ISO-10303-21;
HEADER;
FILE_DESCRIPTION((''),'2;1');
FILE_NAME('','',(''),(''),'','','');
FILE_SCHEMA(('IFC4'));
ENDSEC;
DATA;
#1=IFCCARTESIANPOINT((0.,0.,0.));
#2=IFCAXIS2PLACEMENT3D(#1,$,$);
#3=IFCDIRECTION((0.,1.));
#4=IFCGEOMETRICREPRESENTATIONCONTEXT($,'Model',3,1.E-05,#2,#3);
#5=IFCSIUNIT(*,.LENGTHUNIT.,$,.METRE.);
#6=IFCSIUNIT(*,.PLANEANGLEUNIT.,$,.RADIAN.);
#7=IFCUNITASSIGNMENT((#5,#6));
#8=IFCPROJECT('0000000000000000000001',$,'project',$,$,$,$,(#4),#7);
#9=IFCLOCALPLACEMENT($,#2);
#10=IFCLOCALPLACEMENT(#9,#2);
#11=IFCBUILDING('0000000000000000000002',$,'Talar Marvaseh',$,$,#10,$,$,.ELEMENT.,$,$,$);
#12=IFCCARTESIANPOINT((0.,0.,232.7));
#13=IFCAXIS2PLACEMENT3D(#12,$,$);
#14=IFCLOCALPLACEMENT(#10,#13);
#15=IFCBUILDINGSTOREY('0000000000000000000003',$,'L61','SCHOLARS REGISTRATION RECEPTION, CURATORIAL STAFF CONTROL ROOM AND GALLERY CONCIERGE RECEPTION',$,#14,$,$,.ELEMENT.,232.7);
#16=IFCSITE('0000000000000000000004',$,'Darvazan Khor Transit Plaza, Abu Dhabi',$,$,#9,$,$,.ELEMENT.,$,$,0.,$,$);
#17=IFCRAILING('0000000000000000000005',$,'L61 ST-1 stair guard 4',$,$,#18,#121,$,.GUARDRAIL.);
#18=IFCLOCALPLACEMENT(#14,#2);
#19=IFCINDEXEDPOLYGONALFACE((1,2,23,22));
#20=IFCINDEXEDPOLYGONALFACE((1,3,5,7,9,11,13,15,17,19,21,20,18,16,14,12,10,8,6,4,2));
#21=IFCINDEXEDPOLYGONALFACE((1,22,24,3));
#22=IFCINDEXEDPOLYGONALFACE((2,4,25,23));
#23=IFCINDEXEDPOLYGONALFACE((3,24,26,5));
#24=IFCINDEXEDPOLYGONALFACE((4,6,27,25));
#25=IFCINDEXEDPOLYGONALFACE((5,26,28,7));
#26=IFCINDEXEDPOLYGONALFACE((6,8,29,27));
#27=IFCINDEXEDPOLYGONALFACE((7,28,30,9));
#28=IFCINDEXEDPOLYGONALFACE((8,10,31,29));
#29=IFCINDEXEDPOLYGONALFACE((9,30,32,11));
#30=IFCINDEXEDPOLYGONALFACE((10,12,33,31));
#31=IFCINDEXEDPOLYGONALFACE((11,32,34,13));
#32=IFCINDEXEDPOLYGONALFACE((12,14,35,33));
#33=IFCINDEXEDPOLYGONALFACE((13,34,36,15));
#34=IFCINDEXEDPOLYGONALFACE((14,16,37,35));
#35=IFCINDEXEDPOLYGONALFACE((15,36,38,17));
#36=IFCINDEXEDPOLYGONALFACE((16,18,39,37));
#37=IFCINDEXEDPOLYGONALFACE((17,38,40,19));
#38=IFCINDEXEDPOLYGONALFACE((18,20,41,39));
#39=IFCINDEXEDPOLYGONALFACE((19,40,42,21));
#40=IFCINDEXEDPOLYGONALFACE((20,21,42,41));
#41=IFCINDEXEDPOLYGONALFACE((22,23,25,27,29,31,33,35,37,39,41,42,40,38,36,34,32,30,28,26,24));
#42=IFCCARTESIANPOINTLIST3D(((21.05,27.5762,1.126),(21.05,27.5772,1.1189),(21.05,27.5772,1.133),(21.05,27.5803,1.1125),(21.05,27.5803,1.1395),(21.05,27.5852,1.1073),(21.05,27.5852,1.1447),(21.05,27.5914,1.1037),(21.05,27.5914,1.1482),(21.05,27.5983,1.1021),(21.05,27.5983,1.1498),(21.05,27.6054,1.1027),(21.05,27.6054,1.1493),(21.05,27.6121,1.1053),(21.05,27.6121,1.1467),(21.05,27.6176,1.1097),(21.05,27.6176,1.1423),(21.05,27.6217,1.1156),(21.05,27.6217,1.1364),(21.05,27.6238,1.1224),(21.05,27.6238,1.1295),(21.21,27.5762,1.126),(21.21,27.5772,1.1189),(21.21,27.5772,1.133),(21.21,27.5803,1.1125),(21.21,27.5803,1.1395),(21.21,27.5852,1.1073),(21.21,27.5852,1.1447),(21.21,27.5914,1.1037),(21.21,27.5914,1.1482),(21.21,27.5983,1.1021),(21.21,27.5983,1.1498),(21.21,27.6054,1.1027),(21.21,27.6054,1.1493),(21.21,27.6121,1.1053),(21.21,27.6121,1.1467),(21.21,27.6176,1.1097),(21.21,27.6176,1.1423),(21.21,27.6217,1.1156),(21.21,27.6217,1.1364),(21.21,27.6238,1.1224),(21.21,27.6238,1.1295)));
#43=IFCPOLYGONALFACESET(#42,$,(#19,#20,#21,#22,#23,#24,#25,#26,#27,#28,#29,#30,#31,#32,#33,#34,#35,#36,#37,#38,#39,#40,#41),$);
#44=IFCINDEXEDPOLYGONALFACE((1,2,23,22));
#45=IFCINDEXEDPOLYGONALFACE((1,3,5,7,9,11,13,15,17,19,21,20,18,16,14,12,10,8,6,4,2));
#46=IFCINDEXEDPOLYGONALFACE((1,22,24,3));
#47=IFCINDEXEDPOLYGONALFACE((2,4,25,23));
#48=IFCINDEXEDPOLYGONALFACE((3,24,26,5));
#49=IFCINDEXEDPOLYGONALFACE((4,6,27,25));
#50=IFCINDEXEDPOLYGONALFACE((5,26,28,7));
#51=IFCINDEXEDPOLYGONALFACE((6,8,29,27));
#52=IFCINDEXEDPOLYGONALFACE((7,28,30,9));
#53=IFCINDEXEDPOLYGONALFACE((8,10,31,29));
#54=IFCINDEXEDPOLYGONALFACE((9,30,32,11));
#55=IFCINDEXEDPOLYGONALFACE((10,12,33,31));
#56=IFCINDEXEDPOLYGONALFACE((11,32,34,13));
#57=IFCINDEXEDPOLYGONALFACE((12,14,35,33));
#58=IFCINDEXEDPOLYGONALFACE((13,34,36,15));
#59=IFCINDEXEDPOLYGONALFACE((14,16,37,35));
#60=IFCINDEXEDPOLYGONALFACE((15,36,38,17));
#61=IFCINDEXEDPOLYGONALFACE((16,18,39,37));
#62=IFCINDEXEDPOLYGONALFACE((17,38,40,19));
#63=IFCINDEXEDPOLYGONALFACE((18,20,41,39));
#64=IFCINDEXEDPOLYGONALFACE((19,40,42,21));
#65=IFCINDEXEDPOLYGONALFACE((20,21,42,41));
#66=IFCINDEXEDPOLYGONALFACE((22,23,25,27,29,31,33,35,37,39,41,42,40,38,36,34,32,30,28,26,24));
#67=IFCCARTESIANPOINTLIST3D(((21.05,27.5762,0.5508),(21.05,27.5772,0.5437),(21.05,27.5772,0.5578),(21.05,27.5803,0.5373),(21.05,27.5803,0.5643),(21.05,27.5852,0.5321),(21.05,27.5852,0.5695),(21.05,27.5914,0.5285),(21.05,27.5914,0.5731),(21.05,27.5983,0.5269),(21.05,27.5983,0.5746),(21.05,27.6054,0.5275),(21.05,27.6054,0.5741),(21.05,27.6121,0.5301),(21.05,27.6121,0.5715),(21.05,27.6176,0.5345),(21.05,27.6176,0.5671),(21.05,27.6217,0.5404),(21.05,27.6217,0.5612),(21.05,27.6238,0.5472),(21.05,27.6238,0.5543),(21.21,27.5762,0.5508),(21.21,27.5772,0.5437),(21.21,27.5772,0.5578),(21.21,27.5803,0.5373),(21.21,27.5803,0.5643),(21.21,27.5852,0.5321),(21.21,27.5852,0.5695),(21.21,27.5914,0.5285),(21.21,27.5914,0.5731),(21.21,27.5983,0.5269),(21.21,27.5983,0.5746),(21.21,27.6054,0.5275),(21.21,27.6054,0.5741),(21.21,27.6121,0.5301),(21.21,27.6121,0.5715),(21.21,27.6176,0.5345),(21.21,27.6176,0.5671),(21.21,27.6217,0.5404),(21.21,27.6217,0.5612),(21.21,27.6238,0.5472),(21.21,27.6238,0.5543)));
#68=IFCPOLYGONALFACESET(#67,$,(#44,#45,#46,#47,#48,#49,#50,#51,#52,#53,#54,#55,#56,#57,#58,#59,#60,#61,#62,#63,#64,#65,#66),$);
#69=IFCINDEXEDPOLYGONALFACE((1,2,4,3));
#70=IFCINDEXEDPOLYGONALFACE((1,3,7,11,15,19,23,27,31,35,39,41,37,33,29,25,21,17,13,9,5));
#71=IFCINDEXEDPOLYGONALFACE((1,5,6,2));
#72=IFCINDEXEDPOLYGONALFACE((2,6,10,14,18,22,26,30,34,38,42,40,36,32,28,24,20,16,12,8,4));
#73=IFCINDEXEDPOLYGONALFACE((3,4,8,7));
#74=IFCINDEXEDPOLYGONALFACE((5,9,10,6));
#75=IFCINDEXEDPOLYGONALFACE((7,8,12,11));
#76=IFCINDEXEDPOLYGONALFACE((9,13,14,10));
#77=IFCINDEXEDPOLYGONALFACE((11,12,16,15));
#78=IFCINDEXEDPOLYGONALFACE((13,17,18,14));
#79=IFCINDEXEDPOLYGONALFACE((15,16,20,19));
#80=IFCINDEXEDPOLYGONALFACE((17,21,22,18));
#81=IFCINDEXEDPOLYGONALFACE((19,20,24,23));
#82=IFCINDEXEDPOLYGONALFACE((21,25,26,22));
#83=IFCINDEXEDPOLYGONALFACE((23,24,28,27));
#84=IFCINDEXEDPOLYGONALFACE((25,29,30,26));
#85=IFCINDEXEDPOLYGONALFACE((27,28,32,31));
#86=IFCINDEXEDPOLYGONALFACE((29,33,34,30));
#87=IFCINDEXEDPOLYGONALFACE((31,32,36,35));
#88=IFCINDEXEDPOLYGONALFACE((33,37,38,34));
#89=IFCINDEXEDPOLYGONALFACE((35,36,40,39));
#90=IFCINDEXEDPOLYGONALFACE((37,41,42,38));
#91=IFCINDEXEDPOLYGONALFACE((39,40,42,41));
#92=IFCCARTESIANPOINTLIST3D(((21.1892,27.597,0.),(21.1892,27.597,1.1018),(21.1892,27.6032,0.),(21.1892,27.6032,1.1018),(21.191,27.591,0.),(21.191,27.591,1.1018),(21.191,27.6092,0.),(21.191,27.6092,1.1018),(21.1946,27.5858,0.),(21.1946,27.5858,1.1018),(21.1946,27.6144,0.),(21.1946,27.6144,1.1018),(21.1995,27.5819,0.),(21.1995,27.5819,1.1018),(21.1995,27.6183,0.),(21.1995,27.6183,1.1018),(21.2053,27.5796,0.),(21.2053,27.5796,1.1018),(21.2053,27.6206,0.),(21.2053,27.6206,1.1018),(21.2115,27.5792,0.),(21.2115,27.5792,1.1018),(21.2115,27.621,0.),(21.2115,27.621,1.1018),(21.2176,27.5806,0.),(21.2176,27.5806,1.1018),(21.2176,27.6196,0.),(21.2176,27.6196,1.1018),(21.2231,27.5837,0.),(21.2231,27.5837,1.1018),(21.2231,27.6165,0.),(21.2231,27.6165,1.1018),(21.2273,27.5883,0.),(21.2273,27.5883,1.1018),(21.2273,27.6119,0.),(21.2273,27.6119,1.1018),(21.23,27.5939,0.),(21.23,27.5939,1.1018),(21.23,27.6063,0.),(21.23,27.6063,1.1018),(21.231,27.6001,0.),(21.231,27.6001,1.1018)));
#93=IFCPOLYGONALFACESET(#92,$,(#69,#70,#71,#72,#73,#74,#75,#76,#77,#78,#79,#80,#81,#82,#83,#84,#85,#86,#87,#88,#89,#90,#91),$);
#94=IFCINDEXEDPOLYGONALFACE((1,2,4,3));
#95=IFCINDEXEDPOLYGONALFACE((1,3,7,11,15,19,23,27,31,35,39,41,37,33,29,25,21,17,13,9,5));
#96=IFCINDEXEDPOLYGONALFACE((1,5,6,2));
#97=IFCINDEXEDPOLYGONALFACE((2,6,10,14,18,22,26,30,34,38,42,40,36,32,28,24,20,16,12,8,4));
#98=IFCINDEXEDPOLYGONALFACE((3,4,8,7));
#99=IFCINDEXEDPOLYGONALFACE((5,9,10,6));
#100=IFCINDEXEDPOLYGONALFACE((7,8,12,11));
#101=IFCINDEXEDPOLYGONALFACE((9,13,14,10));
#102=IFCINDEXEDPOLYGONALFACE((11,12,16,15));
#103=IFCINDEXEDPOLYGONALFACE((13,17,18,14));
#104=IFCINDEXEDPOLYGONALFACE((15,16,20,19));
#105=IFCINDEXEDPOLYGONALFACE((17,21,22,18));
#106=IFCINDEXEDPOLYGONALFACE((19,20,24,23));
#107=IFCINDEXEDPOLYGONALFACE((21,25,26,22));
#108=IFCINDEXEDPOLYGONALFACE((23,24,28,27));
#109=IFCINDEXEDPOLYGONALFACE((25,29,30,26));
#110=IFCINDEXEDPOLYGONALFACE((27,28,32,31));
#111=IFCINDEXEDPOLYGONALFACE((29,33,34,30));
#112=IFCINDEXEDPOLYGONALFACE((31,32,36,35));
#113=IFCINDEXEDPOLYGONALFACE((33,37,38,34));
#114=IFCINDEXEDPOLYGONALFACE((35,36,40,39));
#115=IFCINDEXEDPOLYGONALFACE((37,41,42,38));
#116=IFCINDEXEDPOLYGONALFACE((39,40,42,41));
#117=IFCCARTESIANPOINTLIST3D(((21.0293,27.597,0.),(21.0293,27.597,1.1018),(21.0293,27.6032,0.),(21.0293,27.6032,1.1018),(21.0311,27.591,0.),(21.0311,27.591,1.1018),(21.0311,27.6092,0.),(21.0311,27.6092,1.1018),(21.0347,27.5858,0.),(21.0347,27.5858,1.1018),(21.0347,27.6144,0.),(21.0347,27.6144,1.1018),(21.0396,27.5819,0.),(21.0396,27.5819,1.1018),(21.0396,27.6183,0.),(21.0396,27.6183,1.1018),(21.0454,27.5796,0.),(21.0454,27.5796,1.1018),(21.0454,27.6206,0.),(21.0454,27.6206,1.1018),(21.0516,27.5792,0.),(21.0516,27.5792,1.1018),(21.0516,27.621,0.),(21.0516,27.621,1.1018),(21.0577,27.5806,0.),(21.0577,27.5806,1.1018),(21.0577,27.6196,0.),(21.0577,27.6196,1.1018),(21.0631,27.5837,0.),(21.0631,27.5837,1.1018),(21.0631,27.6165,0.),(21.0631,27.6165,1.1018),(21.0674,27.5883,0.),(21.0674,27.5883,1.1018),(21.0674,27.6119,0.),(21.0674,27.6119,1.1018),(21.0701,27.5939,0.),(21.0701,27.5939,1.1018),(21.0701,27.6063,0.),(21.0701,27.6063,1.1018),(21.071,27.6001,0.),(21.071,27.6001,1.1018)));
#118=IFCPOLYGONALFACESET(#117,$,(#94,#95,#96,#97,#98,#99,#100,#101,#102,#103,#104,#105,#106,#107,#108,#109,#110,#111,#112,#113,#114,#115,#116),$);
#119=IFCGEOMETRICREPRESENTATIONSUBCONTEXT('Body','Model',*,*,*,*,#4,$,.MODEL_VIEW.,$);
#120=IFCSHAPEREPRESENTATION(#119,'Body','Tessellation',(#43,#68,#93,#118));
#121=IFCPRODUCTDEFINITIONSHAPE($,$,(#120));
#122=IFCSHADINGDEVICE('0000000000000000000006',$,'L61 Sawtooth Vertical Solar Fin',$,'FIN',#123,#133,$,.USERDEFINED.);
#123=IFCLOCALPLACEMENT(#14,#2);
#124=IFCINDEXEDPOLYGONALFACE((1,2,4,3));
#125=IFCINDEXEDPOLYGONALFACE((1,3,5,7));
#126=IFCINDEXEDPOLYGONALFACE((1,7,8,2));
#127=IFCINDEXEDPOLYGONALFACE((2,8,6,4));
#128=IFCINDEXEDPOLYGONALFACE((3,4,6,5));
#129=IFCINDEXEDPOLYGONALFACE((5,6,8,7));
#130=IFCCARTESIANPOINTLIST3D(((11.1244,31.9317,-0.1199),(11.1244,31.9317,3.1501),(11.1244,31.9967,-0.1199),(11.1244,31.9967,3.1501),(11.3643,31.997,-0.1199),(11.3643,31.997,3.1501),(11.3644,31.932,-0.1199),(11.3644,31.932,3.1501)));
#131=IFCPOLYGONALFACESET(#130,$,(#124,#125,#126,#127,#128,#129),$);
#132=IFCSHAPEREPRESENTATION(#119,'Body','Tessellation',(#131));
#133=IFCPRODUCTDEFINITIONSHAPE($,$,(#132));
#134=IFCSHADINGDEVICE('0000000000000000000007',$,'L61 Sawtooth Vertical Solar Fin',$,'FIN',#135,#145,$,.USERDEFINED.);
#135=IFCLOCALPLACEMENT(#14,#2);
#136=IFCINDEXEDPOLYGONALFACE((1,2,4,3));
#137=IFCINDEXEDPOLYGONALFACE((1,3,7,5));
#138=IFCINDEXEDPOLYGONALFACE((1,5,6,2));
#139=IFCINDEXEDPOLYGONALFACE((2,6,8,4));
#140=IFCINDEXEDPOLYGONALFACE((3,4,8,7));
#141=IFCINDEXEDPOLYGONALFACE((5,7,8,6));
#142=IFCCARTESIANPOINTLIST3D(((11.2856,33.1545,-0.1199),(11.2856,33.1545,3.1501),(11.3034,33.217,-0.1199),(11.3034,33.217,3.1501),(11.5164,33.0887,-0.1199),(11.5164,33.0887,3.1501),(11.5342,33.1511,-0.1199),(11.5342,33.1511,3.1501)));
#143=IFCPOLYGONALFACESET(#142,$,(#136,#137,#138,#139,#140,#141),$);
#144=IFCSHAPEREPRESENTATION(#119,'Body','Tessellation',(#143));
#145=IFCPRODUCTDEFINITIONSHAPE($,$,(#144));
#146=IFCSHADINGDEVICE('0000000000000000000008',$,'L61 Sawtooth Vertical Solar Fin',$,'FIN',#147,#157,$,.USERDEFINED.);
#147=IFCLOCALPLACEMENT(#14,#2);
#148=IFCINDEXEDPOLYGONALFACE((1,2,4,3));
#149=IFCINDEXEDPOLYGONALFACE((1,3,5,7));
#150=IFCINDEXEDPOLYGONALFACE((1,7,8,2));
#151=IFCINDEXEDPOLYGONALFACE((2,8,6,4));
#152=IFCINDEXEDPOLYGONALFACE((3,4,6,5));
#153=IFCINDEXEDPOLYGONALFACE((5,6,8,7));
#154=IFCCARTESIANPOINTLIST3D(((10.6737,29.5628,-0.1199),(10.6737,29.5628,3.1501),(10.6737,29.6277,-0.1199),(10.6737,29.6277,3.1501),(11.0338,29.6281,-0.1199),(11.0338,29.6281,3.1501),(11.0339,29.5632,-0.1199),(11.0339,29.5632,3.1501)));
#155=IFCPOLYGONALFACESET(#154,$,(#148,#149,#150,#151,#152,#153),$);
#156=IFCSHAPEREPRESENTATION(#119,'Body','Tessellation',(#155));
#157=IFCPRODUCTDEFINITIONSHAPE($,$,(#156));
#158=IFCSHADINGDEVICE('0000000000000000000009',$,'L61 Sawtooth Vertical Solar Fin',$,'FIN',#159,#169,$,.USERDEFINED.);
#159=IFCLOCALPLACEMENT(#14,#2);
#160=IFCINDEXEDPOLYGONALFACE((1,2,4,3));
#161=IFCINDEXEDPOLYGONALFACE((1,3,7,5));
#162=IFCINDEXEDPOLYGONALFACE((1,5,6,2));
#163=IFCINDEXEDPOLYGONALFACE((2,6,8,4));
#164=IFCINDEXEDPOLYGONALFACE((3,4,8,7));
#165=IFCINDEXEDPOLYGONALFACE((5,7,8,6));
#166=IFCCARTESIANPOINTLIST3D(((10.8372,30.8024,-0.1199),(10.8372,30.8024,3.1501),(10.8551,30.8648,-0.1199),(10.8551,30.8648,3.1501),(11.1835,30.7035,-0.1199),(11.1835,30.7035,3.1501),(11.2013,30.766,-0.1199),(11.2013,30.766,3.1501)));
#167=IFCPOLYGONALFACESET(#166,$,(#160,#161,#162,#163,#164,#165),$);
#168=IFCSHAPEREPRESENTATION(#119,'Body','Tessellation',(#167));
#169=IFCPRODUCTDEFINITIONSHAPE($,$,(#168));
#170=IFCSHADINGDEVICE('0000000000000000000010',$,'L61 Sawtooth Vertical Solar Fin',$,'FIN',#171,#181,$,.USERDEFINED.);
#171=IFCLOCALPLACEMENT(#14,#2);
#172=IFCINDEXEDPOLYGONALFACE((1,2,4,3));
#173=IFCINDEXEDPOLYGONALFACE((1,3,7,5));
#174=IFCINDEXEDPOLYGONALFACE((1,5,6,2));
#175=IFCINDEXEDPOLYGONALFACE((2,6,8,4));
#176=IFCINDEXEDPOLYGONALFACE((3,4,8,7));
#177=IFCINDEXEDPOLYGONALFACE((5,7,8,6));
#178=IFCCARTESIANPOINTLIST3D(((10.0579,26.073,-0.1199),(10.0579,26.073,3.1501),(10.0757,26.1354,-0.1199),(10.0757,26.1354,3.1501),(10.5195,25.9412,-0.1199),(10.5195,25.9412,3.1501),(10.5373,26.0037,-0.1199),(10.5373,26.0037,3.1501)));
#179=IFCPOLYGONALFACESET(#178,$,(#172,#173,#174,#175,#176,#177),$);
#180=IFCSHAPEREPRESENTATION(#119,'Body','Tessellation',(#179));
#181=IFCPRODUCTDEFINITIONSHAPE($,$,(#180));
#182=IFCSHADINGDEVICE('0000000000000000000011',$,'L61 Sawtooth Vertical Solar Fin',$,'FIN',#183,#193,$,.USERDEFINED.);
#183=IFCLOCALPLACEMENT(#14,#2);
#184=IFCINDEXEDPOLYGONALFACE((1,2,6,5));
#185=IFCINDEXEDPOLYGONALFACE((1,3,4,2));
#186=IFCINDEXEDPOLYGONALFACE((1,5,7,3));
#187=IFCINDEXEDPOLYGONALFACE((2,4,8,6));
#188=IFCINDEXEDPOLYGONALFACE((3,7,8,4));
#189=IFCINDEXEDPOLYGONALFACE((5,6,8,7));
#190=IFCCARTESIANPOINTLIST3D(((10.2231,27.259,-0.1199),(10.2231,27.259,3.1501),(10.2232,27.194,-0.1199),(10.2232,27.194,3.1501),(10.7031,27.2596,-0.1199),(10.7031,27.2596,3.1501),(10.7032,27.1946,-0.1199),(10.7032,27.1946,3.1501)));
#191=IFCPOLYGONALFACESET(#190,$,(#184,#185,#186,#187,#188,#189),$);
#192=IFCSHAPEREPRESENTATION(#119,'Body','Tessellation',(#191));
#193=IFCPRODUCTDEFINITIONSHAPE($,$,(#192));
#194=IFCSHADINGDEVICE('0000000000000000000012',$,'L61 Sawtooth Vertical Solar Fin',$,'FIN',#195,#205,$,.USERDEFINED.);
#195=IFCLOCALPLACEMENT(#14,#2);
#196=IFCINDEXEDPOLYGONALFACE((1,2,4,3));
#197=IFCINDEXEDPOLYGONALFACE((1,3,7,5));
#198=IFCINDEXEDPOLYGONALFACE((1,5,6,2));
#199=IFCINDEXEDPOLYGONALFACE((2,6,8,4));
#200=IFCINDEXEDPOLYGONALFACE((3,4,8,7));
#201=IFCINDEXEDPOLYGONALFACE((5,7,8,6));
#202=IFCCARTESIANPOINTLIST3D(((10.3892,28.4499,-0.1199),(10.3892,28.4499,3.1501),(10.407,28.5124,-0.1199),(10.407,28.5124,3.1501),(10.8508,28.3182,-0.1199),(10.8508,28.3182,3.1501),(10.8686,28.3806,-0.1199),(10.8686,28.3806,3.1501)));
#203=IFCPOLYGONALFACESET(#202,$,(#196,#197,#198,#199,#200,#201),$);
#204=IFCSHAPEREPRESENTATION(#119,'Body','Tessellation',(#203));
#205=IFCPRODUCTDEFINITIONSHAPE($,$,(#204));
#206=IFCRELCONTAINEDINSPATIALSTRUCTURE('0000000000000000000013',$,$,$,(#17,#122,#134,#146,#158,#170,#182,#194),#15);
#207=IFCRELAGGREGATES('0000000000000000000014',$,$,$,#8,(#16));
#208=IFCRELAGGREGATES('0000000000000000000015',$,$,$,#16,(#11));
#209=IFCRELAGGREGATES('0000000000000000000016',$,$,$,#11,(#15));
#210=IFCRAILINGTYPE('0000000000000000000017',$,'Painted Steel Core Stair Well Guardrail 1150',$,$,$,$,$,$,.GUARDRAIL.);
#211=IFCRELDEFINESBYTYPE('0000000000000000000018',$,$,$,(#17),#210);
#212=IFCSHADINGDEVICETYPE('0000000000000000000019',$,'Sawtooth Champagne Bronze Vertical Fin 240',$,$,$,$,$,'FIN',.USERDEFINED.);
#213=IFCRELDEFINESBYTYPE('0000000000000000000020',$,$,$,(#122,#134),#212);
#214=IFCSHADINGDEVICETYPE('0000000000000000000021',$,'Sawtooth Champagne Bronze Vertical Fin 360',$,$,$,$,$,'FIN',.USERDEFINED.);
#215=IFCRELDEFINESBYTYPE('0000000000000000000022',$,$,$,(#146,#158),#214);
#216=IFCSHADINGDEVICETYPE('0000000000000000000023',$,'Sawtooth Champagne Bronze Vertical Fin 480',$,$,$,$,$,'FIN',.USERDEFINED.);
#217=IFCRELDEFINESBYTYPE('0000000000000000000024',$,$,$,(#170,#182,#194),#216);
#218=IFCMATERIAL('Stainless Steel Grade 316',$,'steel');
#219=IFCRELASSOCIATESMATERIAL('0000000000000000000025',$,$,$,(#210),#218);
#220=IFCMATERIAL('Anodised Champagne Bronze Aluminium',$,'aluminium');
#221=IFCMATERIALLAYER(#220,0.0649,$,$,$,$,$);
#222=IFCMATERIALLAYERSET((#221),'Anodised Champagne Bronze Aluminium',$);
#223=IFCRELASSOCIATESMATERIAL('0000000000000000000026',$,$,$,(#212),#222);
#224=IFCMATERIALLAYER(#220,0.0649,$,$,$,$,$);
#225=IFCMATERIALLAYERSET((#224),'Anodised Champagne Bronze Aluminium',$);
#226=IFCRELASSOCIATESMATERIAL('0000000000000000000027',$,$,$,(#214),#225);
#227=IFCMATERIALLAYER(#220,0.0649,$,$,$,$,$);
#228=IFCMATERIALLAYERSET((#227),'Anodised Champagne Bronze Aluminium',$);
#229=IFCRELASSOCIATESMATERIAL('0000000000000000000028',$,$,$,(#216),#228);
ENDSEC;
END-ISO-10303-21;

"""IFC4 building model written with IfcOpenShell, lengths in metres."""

from ifc_helpers import new_model, si_unit, direction, frame, origin, origin_2d, place, context, subcontext, project, spatial, rectangle, circle, extrude, source, transform, mapped, material, layer, layer_set, type_object, type_shapes, element, save


model = new_model("IFC4")

# Units and contexts
model_context = context("Model", 3, precision=1e-05, world=origin(), true_north=direction((0.0, 1.0)))
body_context = subcontext(model_context, "Body", "Model", "MODEL_VIEW")
ifc_project = project(units=[si_unit("LENGTHUNIT", "METRE"), si_unit("PLANEANGLEUNIT", "RADIAN")], contexts=[model_context])

# Site, building, storey
site_placement = place(None, origin())
site = spatial("IfcSite", under=ifc_project, at=site_placement, Name="Darvazan Khor Transit Plaza, Abu Dhabi", CompositionType="ELEMENT", RefElevation=0.0)
building_placement = place(site_placement, origin())
building = spatial("IfcBuilding", under=site, at=building_placement, Name="Talar Marvaseh", CompositionType="ELEMENT")
storey_placement = place(building_placement, frame((0.0, 0.0, 232.7)))
storey = spatial("IfcBuildingStorey", under=building, at=storey_placement, Name="L61", Description="SCHOLARS REGISTRATION RECEPTION, CURATORIAL STAFF CONTROL ROOM AND GALLERY CONCIERGE RECEPTION", CompositionType="ELEMENT", Elevation=232.7)

# Railing
ifc_material_1 = material(Name="Stainless Steel Grade 316", Category="steel")
railing_type_1 = type_object("IfcRailingType", Name="Painted Steel Core Stair Well Guardrail 1150", PredefinedType="GUARDRAIL", material=ifc_material_1)
railing_1_placement = place(storey_placement, frame((21.21, 27.6001, 0.0)))
element("IfcRailing", 1, at=railing_1_placement, inside=storey, type_object=railing_type_1, Name="L61 ST-1 stair guard 4", PredefinedType="GUARDRAIL", context=body_context, shape_type="SweptSolid", body=[
    extrude(circle(Radius=0.0239, at=origin_2d()), frame((0.0, 0.0, 1.126), z_axis=(-1.0, 0.0, 0.0), x_axis=(0.0, -1.0, 0.0)), (0.0, 0.0, 1.0), 0.1599),
    extrude(circle(Radius=0.0239, at=origin_2d()), frame((0.0, 0.0, 0.5508), z_axis=(-1.0, 0.0, 0.0), x_axis=(0.0, -1.0, 0.0)), (0.0, 0.0, 1.0), 0.1599),
    extrude(circle(Radius=0.021, at=origin_2d()), origin(), (0.0, 0.0, 1.0), 1.1018),
    extrude(circle(Radius=0.021, at=origin_2d()), frame((-0.1599, 0.0, 0.0)), (0.0, 0.0, 1.0), 1.1018),
])

# Shading devices
ifc_material_2 = material(Name="Anodised Champagne Bronze Aluminium", Category="aluminium")
ifc_layer_1 = layer(ifc_material_2, 0.0649)
ifc_layer_set_1 = layer_set([ifc_layer_1], Name="Anodised Champagne Bronze Aluminium")
shading_device_type_1 = type_object("IfcShadingDeviceType", Name="Sawtooth Champagne Bronze Vertical Fin 240", ElementType="FIN", PredefinedType="USERDEFINED", material=ifc_layer_set_1)
shared_shape_1 = source(origin(), body_context, "Body", "SweptSolid", [
    extrude(rectangle(XDim=0.24, YDim=0.0649, at=origin_2d()), origin(), (0.0, 0.0, 1.0), 3.27),
])
type_shapes(shading_device_type_1, [shared_shape_1])
for number, where, z_axis, x_axis, name in (
    (2, (11.2444, 31.9644, -0.1199), (0.0, 0.0, 1.0), (-0.999999, -0.001222, 0.0), "L61 Sawtooth Vertical Solar Fin"),
    (3, (11.4099, 33.1528, -0.1199), (0.0, 0.0, 1.0), (-0.961598, 0.274463, 0.0), "L61 Sawtooth Vertical Solar Fin"),
):
    element("IfcShadingDevice", number, at=place(storey_placement, frame(where, z_axis=z_axis, x_axis=x_axis)), inside=storey, type_object=shading_device_type_1, Name=name, ObjectType="FIN", PredefinedType="USERDEFINED", context=body_context, shape_type="MappedRepresentation", body=[
        mapped(shared_shape_1, transform((0.0, 0.0, 0.0), x_axis=(1.0, 0.0, 0.0), y_axis=(0.0, 1.0, 0.0), z_axis=(0.0, 0.0, 1.0), scale=1.0)),
    ])
ifc_layer_2 = layer(ifc_material_2, 0.0649)
ifc_layer_set_2 = layer_set([ifc_layer_2], Name="Anodised Champagne Bronze Aluminium")
shading_device_type_2 = type_object("IfcShadingDeviceType", Name="Sawtooth Champagne Bronze Vertical Fin 360", ElementType="FIN", PredefinedType="USERDEFINED", material=ifc_layer_set_2)
shared_shape_2 = source(origin(), body_context, "Body", "SweptSolid", [
    extrude(rectangle(XDim=0.3601, YDim=0.0649, at=origin_2d()), origin(), (0.0, 0.0, 1.0), 3.27),
])
type_shapes(shading_device_type_2, [shared_shape_2])
for number, where, z_axis, x_axis, name in (
    (4, (10.8538, 29.5955, -0.1199), (0.0, 0.0, 1.0), (-0.999999, -0.001222, 0.0), "L61 Sawtooth Vertical Solar Fin"),
    (5, (11.0193, 30.7842, -0.1199), (0.0, 0.0, 1.0), (-0.961598, 0.274463, 0.0), "L61 Sawtooth Vertical Solar Fin"),
):
    element("IfcShadingDevice", number, at=place(storey_placement, frame(where, z_axis=z_axis, x_axis=x_axis)), inside=storey, type_object=shading_device_type_2, Name=name, ObjectType="FIN", PredefinedType="USERDEFINED", context=body_context, shape_type="MappedRepresentation", body=[
        mapped(shared_shape_2, transform((0.0, 0.0, 0.0), x_axis=(1.0, 0.0, 0.0), y_axis=(0.0, 1.0, 0.0), z_axis=(0.0, 0.0, 1.0), scale=1.0)),
    ])
ifc_layer_3 = layer(ifc_material_2, 0.0649)
ifc_layer_set_3 = layer_set([ifc_layer_3], Name="Anodised Champagne Bronze Aluminium")
shading_device_type_3 = type_object("IfcShadingDeviceType", Name="Sawtooth Champagne Bronze Vertical Fin 480", ElementType="FIN", PredefinedType="USERDEFINED", material=ifc_layer_set_3)
shared_shape_3 = source(origin(), body_context, "Body", "SweptSolid", [
    extrude(rectangle(XDim=0.48, YDim=0.0649, at=origin_2d()), origin(), (0.0, 0.0, 1.0), 3.27),
])
type_shapes(shading_device_type_3, [shared_shape_3])
for number, where, z_axis, x_axis, name in (
    (6, (10.2976, 26.0383, -0.1199), (0.0, 0.0, 1.0), (-0.961598, 0.274463, 0.0), "L61 Sawtooth Vertical Solar Fin"),
    (7, (10.4631, 27.2268, -0.1199), (0.0, 0.0, 1.0), (-0.999999, -0.001222, 0.0), "L61 Sawtooth Vertical Solar Fin"),
    (8, (10.6289, 28.4153, -0.1199), (0.0, 0.0, 1.0), (-0.961598, 0.274463, 0.0), "L61 Sawtooth Vertical Solar Fin"),
):
    element("IfcShadingDevice", number, at=place(storey_placement, frame(where, z_axis=z_axis, x_axis=x_axis)), inside=storey, type_object=shading_device_type_3, Name=name, ObjectType="FIN", PredefinedType="USERDEFINED", context=body_context, shape_type="MappedRepresentation", body=[
        mapped(shared_shape_3, transform((0.0, 0.0, 0.0), x_axis=(1.0, 0.0, 0.0), y_axis=(0.0, 1.0, 0.0), z_axis=(0.0, 0.0, 1.0), scale=1.0)),
    ])

save(model, "model.ifc")
